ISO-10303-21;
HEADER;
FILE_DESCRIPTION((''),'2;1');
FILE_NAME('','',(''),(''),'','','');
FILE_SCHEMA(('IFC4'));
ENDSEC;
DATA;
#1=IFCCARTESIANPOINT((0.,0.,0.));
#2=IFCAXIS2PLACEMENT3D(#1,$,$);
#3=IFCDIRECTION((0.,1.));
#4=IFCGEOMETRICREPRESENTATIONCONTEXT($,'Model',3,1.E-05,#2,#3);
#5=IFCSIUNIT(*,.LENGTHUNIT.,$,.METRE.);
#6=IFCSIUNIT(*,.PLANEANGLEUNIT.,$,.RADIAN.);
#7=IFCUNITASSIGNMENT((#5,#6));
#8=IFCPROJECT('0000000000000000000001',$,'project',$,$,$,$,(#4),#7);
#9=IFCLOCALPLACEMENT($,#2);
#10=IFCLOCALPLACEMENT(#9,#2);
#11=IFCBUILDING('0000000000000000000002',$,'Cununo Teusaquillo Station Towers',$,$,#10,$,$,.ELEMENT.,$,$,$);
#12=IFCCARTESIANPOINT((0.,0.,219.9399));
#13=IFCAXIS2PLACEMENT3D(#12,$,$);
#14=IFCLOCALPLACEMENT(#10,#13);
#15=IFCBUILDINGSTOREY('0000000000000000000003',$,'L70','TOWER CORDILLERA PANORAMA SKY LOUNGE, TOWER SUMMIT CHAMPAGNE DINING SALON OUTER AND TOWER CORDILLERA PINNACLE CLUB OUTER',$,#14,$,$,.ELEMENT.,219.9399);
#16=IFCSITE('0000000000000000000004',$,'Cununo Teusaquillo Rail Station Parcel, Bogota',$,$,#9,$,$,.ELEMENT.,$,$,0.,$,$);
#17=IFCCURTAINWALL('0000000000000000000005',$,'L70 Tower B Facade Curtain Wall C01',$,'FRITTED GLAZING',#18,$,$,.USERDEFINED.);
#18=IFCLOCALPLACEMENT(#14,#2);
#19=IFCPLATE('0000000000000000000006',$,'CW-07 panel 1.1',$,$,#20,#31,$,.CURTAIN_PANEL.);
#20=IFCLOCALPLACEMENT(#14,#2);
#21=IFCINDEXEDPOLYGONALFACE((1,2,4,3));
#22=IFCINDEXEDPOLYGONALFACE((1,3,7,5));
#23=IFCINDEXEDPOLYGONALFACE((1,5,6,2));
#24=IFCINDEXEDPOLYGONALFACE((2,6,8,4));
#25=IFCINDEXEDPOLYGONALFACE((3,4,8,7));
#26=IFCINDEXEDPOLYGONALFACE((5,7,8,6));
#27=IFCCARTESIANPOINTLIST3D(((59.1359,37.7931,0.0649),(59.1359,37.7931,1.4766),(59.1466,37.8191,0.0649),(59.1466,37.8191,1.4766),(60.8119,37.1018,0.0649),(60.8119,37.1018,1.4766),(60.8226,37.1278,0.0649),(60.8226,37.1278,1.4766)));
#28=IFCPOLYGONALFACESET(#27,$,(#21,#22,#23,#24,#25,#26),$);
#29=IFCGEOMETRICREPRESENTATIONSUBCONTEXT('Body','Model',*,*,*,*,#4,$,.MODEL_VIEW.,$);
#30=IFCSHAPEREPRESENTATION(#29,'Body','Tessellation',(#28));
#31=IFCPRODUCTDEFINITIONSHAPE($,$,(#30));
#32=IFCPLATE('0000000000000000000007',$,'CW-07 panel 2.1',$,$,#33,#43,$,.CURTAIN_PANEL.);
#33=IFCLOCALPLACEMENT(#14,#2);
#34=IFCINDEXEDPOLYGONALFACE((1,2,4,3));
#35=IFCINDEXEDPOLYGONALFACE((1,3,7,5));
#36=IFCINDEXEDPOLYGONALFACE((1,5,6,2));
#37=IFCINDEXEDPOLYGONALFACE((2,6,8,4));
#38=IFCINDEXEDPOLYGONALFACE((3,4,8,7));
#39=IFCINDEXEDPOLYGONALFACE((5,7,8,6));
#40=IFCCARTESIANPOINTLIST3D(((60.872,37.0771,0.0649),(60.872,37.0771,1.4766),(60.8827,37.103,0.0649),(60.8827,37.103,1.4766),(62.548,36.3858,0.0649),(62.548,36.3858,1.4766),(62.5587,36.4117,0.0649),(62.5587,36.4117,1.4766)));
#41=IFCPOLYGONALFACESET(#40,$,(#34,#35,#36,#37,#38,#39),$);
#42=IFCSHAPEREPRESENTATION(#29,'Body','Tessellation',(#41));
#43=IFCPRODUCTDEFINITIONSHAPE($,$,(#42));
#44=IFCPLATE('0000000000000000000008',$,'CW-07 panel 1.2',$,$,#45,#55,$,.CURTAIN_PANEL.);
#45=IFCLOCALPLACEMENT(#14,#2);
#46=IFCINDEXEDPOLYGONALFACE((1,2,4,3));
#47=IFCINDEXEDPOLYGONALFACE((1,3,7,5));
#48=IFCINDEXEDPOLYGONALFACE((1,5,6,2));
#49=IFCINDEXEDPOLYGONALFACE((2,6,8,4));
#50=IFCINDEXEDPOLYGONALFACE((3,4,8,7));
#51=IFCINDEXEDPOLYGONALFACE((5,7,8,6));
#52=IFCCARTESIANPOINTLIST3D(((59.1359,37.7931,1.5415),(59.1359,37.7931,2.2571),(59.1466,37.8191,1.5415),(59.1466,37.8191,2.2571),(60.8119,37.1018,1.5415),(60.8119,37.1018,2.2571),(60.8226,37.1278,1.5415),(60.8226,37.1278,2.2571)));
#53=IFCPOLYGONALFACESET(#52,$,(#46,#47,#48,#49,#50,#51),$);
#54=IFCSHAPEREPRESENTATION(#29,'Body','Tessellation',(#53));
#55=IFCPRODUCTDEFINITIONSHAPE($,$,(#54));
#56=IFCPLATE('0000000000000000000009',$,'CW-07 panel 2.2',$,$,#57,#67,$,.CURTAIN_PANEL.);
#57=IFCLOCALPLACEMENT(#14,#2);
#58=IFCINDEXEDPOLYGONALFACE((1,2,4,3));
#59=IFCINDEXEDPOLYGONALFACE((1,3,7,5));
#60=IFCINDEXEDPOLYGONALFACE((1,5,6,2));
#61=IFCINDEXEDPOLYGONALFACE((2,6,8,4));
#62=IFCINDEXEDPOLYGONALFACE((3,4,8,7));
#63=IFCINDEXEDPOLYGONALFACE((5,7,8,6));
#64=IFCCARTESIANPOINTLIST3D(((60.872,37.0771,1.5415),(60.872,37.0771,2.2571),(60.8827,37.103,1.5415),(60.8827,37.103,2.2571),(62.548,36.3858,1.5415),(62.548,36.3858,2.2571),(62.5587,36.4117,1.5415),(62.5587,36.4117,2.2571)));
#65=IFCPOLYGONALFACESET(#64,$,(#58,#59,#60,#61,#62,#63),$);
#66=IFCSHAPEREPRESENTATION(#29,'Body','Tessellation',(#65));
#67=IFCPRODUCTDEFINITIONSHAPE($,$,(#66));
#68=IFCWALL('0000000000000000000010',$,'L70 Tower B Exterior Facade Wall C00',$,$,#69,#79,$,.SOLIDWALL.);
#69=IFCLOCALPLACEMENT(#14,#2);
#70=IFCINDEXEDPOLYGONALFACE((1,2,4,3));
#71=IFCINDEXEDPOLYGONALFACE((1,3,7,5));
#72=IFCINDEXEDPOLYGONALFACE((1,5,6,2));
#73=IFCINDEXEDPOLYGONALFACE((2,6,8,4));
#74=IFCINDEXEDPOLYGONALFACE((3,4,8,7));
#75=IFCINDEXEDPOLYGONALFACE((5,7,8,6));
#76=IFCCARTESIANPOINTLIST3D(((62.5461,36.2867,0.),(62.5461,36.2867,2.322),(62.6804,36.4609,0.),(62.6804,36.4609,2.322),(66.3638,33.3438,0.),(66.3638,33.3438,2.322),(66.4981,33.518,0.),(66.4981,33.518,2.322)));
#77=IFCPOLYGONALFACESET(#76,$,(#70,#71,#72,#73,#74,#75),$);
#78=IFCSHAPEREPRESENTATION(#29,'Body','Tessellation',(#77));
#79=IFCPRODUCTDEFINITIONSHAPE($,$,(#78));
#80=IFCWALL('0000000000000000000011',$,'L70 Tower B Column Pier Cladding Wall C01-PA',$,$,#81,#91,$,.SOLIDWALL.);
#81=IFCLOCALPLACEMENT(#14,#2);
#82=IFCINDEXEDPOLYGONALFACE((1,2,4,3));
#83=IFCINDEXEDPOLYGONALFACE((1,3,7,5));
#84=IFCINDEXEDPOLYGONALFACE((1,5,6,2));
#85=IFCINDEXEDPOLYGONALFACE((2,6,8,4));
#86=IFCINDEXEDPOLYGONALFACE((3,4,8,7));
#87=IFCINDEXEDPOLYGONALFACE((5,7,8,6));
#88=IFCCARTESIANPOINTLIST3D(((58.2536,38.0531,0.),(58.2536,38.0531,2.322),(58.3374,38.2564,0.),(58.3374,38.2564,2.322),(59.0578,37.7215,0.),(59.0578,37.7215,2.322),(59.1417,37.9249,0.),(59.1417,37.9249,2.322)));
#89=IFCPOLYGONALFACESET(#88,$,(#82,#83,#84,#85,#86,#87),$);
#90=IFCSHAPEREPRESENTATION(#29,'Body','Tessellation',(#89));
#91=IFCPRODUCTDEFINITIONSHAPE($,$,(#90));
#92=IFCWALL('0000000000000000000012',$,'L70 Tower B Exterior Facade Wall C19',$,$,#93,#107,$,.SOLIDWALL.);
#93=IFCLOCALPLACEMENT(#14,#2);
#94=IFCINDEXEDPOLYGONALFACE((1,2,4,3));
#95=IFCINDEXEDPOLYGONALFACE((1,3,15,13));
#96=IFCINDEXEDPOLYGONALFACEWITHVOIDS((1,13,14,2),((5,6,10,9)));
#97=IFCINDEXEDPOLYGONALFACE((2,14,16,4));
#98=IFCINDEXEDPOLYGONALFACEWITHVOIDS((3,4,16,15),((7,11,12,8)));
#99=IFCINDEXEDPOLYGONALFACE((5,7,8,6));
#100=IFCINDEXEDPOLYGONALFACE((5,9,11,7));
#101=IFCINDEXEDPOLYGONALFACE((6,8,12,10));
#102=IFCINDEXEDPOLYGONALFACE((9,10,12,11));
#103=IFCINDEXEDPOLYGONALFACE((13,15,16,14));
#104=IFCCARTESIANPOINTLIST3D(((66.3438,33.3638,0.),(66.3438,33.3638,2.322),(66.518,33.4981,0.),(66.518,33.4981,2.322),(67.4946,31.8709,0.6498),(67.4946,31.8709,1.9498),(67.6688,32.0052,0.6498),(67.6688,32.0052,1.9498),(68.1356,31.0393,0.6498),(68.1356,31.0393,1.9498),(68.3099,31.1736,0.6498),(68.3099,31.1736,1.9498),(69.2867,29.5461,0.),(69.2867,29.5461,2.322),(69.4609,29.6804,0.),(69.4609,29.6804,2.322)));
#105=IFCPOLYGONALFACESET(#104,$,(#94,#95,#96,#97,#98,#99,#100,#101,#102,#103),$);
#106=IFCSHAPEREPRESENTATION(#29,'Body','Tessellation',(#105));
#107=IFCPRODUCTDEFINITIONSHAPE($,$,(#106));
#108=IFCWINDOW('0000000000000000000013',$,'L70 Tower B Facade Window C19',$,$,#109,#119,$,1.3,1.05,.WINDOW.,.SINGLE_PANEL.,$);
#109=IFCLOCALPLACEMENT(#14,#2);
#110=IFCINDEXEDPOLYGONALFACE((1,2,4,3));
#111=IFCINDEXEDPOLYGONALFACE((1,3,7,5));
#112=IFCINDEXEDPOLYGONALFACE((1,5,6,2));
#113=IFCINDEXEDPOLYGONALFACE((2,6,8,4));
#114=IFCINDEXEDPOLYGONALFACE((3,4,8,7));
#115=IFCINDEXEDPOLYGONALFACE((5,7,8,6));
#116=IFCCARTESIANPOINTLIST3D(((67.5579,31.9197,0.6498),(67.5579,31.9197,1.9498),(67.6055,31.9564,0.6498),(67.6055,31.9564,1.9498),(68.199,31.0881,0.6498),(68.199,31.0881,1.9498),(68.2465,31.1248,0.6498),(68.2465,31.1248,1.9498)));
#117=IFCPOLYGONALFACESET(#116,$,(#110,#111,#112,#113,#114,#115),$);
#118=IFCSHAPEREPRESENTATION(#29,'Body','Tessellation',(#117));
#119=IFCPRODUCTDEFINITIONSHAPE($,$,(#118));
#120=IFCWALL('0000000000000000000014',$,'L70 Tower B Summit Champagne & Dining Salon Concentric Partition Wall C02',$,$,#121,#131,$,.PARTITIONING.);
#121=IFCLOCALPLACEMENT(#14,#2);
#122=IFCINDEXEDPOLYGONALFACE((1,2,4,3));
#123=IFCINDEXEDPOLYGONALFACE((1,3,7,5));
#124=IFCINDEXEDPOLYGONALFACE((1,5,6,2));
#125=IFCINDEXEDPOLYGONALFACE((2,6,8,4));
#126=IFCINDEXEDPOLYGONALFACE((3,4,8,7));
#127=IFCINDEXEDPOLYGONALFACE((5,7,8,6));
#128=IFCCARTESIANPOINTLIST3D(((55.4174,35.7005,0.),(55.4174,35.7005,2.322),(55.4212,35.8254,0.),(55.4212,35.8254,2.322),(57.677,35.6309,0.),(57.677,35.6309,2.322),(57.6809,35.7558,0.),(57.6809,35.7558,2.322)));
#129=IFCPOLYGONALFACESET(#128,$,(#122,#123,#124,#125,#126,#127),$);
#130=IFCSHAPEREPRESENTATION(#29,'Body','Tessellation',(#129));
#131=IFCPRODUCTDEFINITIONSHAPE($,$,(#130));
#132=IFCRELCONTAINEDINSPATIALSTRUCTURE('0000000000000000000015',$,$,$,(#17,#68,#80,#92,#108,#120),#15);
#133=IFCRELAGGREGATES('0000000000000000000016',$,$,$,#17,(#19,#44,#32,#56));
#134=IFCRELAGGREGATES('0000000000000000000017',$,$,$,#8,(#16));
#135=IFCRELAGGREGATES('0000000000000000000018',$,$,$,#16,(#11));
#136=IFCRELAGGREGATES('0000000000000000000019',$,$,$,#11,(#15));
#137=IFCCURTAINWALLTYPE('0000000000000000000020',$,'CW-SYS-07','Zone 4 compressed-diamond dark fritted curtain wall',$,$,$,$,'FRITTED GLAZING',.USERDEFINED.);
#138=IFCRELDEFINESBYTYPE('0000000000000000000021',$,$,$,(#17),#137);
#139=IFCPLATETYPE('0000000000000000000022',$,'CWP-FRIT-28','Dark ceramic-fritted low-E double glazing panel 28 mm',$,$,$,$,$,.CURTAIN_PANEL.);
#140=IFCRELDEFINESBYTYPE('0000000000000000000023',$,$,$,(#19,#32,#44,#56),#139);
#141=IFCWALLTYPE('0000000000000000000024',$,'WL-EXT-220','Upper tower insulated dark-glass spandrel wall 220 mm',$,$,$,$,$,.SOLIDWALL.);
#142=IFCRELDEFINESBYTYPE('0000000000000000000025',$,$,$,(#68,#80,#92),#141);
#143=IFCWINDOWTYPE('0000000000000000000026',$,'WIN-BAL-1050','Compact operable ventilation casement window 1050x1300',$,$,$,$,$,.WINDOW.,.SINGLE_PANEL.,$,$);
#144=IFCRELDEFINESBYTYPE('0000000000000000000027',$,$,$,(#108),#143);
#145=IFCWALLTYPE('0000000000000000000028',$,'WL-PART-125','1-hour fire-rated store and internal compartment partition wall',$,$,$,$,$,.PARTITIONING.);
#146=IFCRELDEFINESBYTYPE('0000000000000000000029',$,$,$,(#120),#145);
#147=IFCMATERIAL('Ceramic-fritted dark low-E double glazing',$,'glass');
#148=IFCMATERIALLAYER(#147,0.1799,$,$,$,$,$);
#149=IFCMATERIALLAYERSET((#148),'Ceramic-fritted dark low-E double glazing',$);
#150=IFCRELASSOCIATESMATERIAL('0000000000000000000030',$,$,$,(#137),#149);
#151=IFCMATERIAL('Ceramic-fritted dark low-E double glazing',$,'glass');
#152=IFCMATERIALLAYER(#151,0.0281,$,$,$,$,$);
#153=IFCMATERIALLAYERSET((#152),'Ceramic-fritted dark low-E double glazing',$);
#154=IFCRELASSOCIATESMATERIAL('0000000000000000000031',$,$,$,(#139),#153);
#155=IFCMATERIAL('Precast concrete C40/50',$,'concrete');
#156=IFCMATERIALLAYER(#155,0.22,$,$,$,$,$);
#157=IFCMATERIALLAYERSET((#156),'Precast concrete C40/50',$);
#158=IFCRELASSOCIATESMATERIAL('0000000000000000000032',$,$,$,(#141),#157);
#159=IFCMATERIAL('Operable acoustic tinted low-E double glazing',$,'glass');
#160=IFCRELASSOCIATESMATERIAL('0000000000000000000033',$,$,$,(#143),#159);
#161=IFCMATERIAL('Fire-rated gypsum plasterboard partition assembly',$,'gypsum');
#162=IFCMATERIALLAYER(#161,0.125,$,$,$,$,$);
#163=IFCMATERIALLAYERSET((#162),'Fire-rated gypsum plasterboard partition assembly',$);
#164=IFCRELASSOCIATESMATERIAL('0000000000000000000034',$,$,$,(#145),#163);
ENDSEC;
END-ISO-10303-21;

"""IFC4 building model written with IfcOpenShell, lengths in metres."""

from ifc_helpers import new_model, si_unit, direction, frame, frame_2d, origin, origin_2d, place, context, subcontext, project, spatial, rectangle, extrude, source, transform, mapped, material, layer, layer_set, type_object, element, fill, aggregate, save


model = new_model("IFC4")

# Units and contexts
model_context = context("Model", 3, precision=1e-05, world=origin(), true_north=direction((0.0, 1.0)))
body_context = subcontext(model_context, "Body", "Model", "MODEL_VIEW")
ifc_project = project(units=[si_unit("LENGTHUNIT", "METRE"), si_unit("PLANEANGLEUNIT", "RADIAN")], contexts=[model_context])

# Site, building, storey
site_placement = place(None, origin())
site = spatial("IfcSite", under=ifc_project, at=site_placement, Name="Cununo Teusaquillo Rail Station Parcel, Bogota", CompositionType="ELEMENT", RefElevation=0.0)
building_placement = place(site_placement, origin())
building = spatial("IfcBuilding", under=site, at=building_placement, Name="Cununo Teusaquillo Station Towers", CompositionType="ELEMENT")
storey_placement = place(building_placement, frame((0.0, 0.0, 219.9399)))
storey = spatial("IfcBuildingStorey", under=building, at=storey_placement, Name="L70", Description="TOWER CORDILLERA PANORAMA SKY LOUNGE, TOWER SUMMIT CHAMPAGNE DINING SALON OUTER AND TOWER CORDILLERA PINNACLE CLUB OUTER", CompositionType="ELEMENT", Elevation=219.9399)

# Curtain wall
ifc_material_1 = material(Name="Ceramic-fritted dark low-E double glazing", Category="glass")
ifc_layer_1 = layer(ifc_material_1, 0.1799)
ifc_layer_set_1 = layer_set([ifc_layer_1], Name="Ceramic-fritted dark low-E double glazing")
curtain_wall_type = type_object("IfcCurtainWallType", Name="CW-SYS-07", Description="Zone 4 compressed-diamond dark fritted curtain wall", ElementType="FRITTED GLAZING", PredefinedType="USERDEFINED", material=ifc_layer_set_1)
curtain_wall_placement = place(storey_placement, origin())
curtain_wall = element("IfcCurtainWall", 1, at=curtain_wall_placement, inside=storey, type_object=curtain_wall_type, Name="L70 Tower B Facade Curtain Wall C01", ObjectType="FRITTED GLAZING", PredefinedType="USERDEFINED")

# Plates
ifc_material_2 = material(Name="Ceramic-fritted dark low-E double glazing", Category="glass")
ifc_layer_2 = layer(ifc_material_2, 0.0281)
ifc_layer_set_2 = layer_set([ifc_layer_2], Name="Ceramic-fritted dark low-E double glazing")
plate_type_1 = type_object("IfcPlateType", Name="CWP-FRIT-28", Description="Dark ceramic-fritted low-E double glazing panel 28 mm", PredefinedType="CURTAIN_PANEL", material=ifc_layer_set_2)
shared_shape_1 = source(origin(), body_context, "Body", "SweptSolid", [
    extrude(rectangle(XDim=1.813, YDim=0.0281, at=origin_2d()), origin(), (0.0, 0.0, 1.0), 1.4116),
])
plate_1_placement = place(storey_placement, frame((59.9792, 37.4604, 0.0649), z_axis=(0.0, 0.0, 1.0), x_axis=(0.924447, -0.381311, 0.0)))
plate_1 = element("IfcPlate", 2, at=plate_1_placement, type_object=plate_type_1, Name="CW-07 panel 1.1", PredefinedType="CURTAIN_PANEL", context=body_context, shape_type="MappedRepresentation", body=[
    mapped(shared_shape_1, transform((0.0, 0.0, 0.0), x_axis=(1.0, 0.0, 0.0), y_axis=(0.0, 1.0, 0.0), z_axis=(0.0, 0.0, 1.0), scale=1.0)),
])
plate_2_placement = place(storey_placement, frame((61.7153, 36.7444, 0.0649), z_axis=(0.0, 0.0, 1.0), x_axis=(0.924447, -0.381311, 0.0)))
plate_2 = element("IfcPlate", 3, at=plate_2_placement, type_object=plate_type_1, Name="CW-07 panel 2.1", PredefinedType="CURTAIN_PANEL", context=body_context, shape_type="MappedRepresentation", body=[
    mapped(shared_shape_1, transform((0.0, 0.0, 0.0), x_axis=(1.0, 0.0, 0.0), y_axis=(0.0, 1.0, 0.0), z_axis=(0.0, 0.0, 1.0), scale=1.0)),
])
shared_shape_2 = source(origin(), body_context, "Body", "SweptSolid", [
    extrude(rectangle(XDim=1.813, YDim=0.0281, at=origin_2d()), origin(), (0.0, 0.0, 1.0), 0.7156),
])
plate_3_placement = place(storey_placement, frame((59.9792, 37.4604, 1.5415), z_axis=(0.0, 0.0, 1.0), x_axis=(0.924447, -0.381311, 0.0)))
plate_3 = element("IfcPlate", 4, at=plate_3_placement, type_object=plate_type_1, Name="CW-07 panel 1.2", PredefinedType="CURTAIN_PANEL", context=body_context, shape_type="MappedRepresentation", body=[
    mapped(shared_shape_2, transform((0.0, 0.0, 0.0), x_axis=(1.0, 0.0, 0.0), y_axis=(0.0, 1.0, 0.0), z_axis=(0.0, 0.0, 1.0), scale=1.0)),
])
plate_4_placement = place(storey_placement, frame((61.7153, 36.7444, 1.5415), z_axis=(0.0, 0.0, 1.0), x_axis=(0.924447, -0.381311, 0.0)))
plate_4 = element("IfcPlate", 5, at=plate_4_placement, type_object=plate_type_1, Name="CW-07 panel 2.2", PredefinedType="CURTAIN_PANEL", context=body_context, shape_type="MappedRepresentation", body=[
    mapped(shared_shape_2, transform((0.0, 0.0, 0.0), x_axis=(1.0, 0.0, 0.0), y_axis=(0.0, 1.0, 0.0), z_axis=(0.0, 0.0, 1.0), scale=1.0)),
])
aggregate(curtain_wall, [plate_1, plate_3, plate_2, plate_4])

# Walls
ifc_material_3 = material(Name="Precast concrete C40/50", Category="concrete")
ifc_layer_3 = layer(ifc_material_3, 0.22)
ifc_layer_set_3 = layer_set([ifc_layer_3], Name="Precast concrete C40/50")
wall_type_1 = type_object("IfcWallType", Name="WL-EXT-220", Description="Upper tower insulated dark-glass spandrel wall 220 mm", PredefinedType="SOLIDWALL", material=ifc_layer_set_3)
wall_1_placement = place(storey_placement, frame((62.6133, 36.3738, 0.0), z_axis=(0.0, 0.0, 1.0), x_axis=(0.791998, -0.610523, 0.0)))
element("IfcWall", 6, at=wall_1_placement, inside=storey, type_object=wall_type_1, Name="L70 Tower B Exterior Facade Wall C00", PredefinedType="SOLIDWALL", context=body_context, shape_type="SweptSolid", body=[
    extrude(rectangle(XDim=4.8203, YDim=0.22, at=frame_2d((2.4102, 0.0))), origin(), (0.0, 0.0, 1.0), 2.322),
])
wall_2_placement = place(storey_placement, frame((58.2954, 38.1548, 0.0), z_axis=(0.0, 0.0, 1.0), x_axis=(0.924515, -0.381145, 0.0)))
element("IfcWall", 7, at=wall_2_placement, inside=storey, type_object=wall_type_1, Name="L70 Tower B Column Pier Cladding Wall C01-PA", PredefinedType="SOLIDWALL", context=body_context, shape_type="SweptSolid", body=[
    extrude(rectangle(XDim=0.8699, YDim=0.22, at=frame_2d((0.4351, 0.0))), origin(), (0.0, 0.0, 1.0), 2.322),
])

# Wall, opening, window
wall_3_placement = place(storey_placement, frame((66.4309, 33.4309, 0.0), z_axis=(0.0, 0.0, 1.0), x_axis=(0.610523, -0.791998, 0.0)))
wall_3 = element("IfcWall", 8, at=wall_3_placement, inside=storey, type_object=wall_type_1, Name="L70 Tower B Exterior Facade Wall C19", PredefinedType="SOLIDWALL", context=body_context, shape_type="SweptSolid", body=[
    extrude(rectangle(XDim=4.8203, YDim=0.22, at=frame_2d((2.4102, 0.0))), origin(), (0.0, 0.0, 1.0), 2.322),
])
shared_shape_3 = source(origin(), body_context, "Body", "SweptSolid", [
    extrude(rectangle(XDim=1.05, YDim=1.3, at=frame_2d((0.5249, 0.6499))), frame((0.0, 0.1199, 0.0), z_axis=(0.0, -1.0, 0.0), x_axis=(1.0, 0.0, 0.0)), (0.0, 0.0, 1.0), 0.24),
])
opening_placement = place(wall_3_placement, frame((1.885, 0.0, 0.6499)))
opening = element("IfcOpeningElement", 9, at=opening_placement, cuts=wall_3, PredefinedType="OPENING", context=body_context, shape_type="MappedRepresentation", body=[
    mapped(shared_shape_3, transform((0.0, 0.0, 0.0), x_axis=(1.0, 0.0, 0.0), y_axis=(0.0, 1.0, 0.0), z_axis=(0.0, 0.0, 1.0), scale=1.0)),
])
ifc_material_4 = material(Name="Operable acoustic tinted low-E double glazing", Category="glass")
window_type = type_object("IfcWindowType", Name="WIN-BAL-1050", Description="Compact operable ventilation casement window 1050x1300", PartitioningType="SINGLE_PANEL", PredefinedType="WINDOW", material=ifc_material_4)
shared_shape_4 = source(origin(), body_context, "Body", "SweptSolid", [
    extrude(rectangle(XDim=1.05, YDim=1.3, at=frame_2d((0.5249, 0.6499))), frame((0.0, 0.03, 0.0), z_axis=(0.0, -1.0, 0.0), x_axis=(1.0, 0.0, 0.0)), (0.0, 0.0, 1.0), 0.0601),
])
window_placement = place(opening_placement, origin())
window = element("IfcWindow", 10, at=window_placement, inside=storey, type_object=window_type, Name="L70 Tower B Facade Window C19", OverallHeight=1.3, OverallWidth=1.05, PartitioningType="SINGLE_PANEL", PredefinedType="WINDOW", context=body_context, shape_type="MappedRepresentation", body=[
    mapped(shared_shape_4, transform((0.0, 0.0, 0.0), x_axis=(1.0, 0.0, 0.0), y_axis=(0.0, 1.0, 0.0), z_axis=(0.0, 0.0, 1.0), scale=1.0)),
])
fill(opening, window)

# Wall
ifc_material_5 = material(Name="Fire-rated gypsum plasterboard partition assembly", Category="gypsum")
ifc_layer_4 = layer(ifc_material_5, 0.125)
ifc_layer_set_4 = layer_set([ifc_layer_4], Name="Fire-rated gypsum plasterboard partition assembly")
wall_type_2 = type_object("IfcWallType", Name="WL-PART-125", Description="1-hour fire-rated store and internal compartment partition wall", PredefinedType="PARTITIONING", material=ifc_layer_set_4)
wall_4_placement = place(storey_placement, frame((57.679, 35.6934, 0.0), z_axis=(0.0, 0.0, 1.0), x_axis=(-0.999526, 0.030776, 0.0)))
element("IfcWall", 11, at=wall_4_placement, inside=storey, type_object=wall_type_2, Name="L70 Tower B Summit Champagne & Dining Salon Concentric Partition Wall C02", PredefinedType="PARTITIONING", context=body_context, shape_type="SweptSolid", body=[
    extrude(rectangle(XDim=2.2607, YDim=0.125, at=frame_2d((1.1304, 0.0))), origin(), (0.0, 0.0, 1.0), 2.322),
])

save(model, "model.ifc")
